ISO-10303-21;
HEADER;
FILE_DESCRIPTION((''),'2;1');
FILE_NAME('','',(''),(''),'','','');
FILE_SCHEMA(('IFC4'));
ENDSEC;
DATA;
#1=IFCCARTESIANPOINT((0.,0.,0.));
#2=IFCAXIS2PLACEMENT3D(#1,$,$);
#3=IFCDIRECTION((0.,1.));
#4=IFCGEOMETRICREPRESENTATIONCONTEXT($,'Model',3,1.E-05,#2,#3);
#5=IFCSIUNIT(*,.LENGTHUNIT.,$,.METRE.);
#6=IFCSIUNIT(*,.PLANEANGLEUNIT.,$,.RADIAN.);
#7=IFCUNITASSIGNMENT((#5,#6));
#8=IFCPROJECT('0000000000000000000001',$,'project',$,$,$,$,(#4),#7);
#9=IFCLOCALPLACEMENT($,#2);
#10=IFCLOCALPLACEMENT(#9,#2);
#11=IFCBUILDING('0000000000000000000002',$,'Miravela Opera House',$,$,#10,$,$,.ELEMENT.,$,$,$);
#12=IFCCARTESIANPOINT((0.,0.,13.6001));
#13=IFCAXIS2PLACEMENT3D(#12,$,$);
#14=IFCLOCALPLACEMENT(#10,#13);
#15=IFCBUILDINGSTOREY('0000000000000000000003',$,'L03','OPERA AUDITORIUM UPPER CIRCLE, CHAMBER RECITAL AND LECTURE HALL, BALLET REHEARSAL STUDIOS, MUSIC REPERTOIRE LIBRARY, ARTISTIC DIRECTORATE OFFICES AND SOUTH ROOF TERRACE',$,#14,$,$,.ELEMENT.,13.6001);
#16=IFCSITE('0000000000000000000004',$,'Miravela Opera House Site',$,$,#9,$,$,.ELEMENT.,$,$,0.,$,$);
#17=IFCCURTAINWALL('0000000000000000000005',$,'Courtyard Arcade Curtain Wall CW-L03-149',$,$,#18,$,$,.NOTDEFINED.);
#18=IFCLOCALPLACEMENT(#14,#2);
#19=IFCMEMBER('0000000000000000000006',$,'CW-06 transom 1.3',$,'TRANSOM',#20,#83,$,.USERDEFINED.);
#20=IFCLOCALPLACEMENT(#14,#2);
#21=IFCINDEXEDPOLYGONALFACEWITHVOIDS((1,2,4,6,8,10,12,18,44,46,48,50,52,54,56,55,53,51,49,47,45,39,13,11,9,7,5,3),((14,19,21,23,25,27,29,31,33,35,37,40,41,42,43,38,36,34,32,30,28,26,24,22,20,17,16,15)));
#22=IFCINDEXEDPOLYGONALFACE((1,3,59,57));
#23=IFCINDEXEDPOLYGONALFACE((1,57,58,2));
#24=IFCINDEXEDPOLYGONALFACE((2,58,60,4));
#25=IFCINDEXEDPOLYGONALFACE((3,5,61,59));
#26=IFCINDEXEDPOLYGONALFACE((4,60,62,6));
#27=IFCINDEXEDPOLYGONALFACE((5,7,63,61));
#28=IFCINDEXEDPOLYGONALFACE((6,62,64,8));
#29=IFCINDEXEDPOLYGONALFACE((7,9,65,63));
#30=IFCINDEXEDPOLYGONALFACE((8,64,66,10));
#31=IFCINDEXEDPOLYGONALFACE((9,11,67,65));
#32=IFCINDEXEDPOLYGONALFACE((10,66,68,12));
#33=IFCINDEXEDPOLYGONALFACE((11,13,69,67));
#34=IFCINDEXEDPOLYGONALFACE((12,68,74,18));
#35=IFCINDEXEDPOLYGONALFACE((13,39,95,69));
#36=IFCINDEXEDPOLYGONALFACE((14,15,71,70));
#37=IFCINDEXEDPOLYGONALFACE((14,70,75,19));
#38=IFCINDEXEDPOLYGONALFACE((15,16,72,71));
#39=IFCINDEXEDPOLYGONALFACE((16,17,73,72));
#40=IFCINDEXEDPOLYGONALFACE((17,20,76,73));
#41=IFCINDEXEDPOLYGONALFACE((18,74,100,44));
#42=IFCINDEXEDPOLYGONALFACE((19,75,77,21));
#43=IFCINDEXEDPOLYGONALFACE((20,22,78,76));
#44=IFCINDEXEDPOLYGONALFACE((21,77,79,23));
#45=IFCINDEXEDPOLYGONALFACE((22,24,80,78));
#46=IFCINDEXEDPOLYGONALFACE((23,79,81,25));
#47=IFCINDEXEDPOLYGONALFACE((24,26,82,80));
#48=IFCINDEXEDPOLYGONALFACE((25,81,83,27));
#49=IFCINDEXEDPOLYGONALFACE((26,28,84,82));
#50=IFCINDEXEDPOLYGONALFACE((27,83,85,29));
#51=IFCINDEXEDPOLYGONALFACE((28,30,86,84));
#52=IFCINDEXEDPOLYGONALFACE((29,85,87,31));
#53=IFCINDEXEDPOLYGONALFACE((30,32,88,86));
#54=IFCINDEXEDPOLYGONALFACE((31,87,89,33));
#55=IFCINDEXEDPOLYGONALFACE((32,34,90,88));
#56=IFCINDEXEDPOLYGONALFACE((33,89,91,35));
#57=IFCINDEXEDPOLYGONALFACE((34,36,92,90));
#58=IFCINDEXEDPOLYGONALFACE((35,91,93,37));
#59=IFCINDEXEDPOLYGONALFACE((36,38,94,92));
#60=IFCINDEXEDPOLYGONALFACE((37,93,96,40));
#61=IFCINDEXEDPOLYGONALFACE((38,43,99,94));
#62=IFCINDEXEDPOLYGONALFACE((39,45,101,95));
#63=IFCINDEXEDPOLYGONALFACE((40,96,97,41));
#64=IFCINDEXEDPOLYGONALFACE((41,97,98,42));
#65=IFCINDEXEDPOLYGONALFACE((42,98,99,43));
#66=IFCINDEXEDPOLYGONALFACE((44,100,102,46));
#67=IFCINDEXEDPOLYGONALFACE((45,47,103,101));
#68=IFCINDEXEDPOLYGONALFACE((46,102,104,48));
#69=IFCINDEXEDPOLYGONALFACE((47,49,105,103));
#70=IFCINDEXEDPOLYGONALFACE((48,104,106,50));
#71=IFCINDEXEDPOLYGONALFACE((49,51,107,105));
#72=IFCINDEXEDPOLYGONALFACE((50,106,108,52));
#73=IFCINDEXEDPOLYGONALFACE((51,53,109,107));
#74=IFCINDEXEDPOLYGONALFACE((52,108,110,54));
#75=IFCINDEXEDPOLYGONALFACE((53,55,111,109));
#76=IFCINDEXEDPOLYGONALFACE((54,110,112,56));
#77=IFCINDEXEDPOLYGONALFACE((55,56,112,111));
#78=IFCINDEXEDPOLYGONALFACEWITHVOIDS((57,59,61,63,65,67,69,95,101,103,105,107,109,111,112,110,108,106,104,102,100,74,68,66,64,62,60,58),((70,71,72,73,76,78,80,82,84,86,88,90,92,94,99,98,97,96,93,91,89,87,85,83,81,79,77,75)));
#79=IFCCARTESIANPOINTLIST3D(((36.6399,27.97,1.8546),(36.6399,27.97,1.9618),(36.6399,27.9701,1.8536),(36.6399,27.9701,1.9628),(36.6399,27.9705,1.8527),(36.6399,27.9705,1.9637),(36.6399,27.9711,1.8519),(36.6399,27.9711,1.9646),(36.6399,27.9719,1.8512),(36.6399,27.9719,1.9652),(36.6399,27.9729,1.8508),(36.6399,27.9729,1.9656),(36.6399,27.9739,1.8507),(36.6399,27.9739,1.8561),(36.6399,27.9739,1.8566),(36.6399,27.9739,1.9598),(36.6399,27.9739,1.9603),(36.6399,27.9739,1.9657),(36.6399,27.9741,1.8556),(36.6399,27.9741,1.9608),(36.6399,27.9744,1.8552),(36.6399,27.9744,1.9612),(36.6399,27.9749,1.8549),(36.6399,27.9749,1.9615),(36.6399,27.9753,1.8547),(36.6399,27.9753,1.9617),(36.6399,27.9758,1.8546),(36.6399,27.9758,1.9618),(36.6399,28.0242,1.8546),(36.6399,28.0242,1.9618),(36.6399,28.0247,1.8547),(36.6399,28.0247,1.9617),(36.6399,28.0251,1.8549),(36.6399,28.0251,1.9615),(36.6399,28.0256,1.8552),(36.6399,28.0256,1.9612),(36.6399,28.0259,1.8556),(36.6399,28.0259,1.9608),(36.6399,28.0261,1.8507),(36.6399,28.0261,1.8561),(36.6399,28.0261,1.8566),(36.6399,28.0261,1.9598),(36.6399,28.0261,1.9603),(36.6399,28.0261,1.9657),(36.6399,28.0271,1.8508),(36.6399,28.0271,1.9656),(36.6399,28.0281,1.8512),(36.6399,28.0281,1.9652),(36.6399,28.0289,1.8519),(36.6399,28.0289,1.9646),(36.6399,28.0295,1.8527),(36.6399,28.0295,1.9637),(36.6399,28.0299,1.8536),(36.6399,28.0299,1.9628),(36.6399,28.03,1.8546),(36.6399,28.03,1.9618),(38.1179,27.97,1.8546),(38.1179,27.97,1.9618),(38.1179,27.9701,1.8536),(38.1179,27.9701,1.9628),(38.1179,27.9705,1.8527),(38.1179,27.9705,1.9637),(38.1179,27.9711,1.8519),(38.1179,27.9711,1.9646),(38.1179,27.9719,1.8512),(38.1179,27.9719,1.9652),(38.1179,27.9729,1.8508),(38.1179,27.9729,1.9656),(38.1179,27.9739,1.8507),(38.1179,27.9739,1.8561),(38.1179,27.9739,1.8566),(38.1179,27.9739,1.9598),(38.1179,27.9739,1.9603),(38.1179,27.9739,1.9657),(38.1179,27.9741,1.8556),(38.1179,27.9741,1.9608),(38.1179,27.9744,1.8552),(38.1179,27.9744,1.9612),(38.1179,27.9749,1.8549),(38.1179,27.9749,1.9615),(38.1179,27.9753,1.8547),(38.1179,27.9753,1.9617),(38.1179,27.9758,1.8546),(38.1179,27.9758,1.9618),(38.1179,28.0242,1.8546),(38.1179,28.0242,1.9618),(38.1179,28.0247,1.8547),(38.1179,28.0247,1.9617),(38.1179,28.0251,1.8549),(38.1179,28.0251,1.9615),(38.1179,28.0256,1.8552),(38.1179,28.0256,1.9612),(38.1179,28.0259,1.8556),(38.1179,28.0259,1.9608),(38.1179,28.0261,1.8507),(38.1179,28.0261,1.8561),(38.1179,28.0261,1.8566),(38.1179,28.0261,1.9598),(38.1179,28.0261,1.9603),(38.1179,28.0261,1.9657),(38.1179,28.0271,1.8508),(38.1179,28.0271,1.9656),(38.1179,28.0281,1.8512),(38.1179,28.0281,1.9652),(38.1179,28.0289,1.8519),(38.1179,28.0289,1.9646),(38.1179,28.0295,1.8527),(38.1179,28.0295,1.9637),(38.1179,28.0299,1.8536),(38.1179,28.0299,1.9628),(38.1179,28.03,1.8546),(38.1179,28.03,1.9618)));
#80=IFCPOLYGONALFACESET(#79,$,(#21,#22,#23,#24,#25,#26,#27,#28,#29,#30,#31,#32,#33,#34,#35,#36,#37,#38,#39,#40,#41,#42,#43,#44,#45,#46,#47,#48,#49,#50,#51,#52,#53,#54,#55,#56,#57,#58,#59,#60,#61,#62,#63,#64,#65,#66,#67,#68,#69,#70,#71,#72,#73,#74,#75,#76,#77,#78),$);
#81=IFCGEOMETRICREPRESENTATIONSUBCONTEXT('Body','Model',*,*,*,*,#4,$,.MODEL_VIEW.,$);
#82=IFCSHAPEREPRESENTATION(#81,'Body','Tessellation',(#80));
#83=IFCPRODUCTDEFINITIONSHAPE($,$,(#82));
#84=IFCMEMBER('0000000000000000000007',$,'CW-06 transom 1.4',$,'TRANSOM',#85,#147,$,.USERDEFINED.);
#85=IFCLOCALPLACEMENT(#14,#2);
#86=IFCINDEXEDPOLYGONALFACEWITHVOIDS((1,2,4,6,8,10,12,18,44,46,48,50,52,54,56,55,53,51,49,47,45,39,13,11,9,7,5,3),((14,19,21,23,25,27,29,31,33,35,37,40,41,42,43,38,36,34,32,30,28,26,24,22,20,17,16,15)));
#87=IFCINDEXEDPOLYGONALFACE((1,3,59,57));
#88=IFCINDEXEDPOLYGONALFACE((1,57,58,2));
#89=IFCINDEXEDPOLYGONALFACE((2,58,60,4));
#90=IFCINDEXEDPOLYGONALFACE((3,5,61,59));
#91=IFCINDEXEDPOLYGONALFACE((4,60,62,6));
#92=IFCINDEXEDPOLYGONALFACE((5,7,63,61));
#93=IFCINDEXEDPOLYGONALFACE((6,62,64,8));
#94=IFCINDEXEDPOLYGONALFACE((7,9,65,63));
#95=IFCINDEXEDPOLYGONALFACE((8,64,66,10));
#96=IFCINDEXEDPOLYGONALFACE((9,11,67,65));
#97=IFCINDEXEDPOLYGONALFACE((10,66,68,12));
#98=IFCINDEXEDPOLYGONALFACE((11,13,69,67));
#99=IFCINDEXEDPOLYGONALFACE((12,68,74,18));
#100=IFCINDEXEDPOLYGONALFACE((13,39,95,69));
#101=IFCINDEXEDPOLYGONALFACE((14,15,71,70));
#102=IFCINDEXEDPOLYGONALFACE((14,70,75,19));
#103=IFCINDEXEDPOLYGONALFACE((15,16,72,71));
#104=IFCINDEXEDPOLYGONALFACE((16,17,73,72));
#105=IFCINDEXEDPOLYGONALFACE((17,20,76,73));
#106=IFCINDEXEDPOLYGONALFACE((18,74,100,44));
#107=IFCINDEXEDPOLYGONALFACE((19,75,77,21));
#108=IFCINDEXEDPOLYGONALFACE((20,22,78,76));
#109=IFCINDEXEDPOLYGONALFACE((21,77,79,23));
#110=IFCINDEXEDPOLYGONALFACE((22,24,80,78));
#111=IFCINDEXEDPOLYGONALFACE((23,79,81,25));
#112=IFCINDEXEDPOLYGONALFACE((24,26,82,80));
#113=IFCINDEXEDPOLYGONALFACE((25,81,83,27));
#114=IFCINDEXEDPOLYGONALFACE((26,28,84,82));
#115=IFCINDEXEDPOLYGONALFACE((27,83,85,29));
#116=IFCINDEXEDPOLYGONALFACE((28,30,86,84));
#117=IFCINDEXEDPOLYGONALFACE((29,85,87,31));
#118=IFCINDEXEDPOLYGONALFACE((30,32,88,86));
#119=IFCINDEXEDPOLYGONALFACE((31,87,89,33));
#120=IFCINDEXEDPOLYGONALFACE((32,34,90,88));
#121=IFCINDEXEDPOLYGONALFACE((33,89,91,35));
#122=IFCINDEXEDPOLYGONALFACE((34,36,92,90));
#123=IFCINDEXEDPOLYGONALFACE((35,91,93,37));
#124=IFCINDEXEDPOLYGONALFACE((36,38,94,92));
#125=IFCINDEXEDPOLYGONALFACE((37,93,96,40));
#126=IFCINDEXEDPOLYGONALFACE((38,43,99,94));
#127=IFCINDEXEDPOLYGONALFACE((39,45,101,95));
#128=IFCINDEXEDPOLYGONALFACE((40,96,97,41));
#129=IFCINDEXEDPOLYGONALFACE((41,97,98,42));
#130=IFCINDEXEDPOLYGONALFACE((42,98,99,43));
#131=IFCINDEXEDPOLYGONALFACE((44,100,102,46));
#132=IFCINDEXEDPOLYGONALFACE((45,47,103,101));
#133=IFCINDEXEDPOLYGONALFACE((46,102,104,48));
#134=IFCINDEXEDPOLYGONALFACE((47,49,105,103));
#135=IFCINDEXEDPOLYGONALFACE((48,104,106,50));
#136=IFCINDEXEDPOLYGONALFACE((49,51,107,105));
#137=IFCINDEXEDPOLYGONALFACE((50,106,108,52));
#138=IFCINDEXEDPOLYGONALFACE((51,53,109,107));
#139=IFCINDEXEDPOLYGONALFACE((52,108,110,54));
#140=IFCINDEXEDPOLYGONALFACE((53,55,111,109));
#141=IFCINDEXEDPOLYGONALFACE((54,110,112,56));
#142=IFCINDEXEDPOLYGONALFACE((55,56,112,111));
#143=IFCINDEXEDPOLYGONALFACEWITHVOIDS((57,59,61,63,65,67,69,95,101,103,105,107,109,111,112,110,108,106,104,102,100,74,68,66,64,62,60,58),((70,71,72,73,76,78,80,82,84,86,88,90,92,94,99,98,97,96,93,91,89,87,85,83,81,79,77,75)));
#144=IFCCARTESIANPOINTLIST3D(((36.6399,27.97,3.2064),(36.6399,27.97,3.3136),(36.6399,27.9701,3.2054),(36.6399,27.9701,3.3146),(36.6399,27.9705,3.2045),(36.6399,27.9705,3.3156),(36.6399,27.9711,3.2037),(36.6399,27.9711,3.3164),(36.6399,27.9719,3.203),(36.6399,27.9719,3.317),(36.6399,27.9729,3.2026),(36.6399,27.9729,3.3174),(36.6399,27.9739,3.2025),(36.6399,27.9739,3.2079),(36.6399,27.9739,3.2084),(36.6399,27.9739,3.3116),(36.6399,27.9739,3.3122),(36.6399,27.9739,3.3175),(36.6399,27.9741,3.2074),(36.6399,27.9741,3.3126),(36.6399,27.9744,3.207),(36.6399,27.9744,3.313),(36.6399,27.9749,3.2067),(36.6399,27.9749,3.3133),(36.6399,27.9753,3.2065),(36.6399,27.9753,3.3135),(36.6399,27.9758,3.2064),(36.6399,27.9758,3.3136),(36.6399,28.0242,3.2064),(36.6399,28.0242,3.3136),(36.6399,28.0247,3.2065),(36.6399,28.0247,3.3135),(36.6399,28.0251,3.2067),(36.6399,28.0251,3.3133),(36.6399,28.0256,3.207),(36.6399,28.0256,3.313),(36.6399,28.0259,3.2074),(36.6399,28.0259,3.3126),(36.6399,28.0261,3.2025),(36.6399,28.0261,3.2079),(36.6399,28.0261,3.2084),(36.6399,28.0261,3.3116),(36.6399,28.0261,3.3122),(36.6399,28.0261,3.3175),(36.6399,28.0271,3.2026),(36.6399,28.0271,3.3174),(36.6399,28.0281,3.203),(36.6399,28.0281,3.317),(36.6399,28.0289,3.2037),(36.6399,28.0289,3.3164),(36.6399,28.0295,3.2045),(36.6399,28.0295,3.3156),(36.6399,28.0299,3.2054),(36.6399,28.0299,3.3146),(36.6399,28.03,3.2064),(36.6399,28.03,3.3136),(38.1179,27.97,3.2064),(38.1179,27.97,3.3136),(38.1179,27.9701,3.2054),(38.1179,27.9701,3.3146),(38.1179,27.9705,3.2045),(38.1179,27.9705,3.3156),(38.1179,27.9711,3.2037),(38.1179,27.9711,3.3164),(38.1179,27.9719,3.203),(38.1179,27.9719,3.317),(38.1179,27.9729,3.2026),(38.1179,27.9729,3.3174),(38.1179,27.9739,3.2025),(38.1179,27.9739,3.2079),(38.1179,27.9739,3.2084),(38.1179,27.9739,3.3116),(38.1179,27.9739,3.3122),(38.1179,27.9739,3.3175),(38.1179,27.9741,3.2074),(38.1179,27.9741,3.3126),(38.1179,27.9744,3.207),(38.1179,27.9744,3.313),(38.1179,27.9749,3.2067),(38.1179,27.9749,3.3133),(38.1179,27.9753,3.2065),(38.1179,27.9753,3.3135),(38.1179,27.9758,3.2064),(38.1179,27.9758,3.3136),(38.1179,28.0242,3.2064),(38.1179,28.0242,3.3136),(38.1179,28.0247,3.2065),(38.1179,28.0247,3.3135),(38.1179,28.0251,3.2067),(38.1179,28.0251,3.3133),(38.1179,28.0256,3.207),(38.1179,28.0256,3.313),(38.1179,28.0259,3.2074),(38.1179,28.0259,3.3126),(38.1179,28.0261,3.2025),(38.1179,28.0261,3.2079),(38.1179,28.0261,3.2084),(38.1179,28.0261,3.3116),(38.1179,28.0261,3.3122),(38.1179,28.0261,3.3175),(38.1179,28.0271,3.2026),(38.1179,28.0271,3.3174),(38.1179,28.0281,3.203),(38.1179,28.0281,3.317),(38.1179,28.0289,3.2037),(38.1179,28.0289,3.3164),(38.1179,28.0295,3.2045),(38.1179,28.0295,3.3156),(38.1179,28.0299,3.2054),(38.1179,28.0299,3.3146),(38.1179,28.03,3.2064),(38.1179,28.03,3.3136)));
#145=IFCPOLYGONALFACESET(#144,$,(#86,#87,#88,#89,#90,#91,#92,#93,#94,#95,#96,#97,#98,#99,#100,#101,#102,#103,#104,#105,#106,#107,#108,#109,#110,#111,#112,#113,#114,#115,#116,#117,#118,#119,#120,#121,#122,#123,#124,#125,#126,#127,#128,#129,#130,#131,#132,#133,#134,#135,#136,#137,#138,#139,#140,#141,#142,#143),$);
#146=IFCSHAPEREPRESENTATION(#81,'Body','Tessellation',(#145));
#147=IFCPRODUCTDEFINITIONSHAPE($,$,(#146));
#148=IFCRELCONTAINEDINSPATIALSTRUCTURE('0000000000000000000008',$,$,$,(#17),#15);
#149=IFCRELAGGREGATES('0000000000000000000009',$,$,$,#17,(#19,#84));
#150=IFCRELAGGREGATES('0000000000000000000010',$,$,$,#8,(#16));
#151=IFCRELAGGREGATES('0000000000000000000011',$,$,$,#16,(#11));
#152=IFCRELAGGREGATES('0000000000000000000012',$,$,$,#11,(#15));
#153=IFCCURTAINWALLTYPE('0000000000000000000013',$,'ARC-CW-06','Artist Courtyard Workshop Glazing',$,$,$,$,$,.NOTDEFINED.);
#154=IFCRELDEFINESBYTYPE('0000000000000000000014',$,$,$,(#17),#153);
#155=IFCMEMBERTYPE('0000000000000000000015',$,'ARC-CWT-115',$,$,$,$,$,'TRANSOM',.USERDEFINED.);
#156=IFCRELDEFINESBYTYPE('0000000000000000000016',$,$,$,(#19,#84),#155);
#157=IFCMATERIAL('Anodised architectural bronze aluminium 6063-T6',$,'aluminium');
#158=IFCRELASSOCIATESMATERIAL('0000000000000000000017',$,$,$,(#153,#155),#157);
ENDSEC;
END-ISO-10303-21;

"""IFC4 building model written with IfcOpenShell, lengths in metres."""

from ifc_helpers import new_model, si_unit, direction, frame, origin, origin_2d, place, context, subcontext, project, spatial, hollow_rectangle, extrude, material, material_profile, profile_set, type_object, element, aggregate, save


model = new_model("IFC4")

# Units and contexts
model_context = context("Model", 3, precision=1e-05, world=origin(), true_north=direction((0.0, 1.0)))
body_context = subcontext(model_context, "Body", "Model", "MODEL_VIEW")
ifc_project = project(units=[si_unit("LENGTHUNIT", "METRE"), si_unit("PLANEANGLEUNIT", "RADIAN")], contexts=[model_context])

# Site, building, storey
site_placement = place(None, origin())
site = spatial("IfcSite", under=ifc_project, at=site_placement, Name="Miravela Opera House Site", CompositionType="ELEMENT", RefElevation=0.0)
building_placement = place(site_placement, origin())
building = spatial("IfcBuilding", under=site, at=building_placement, Name="Miravela Opera House", CompositionType="ELEMENT")
storey_placement = place(building_placement, frame((0.0, 0.0, 13.6001)))
storey = spatial("IfcBuildingStorey", under=building, at=storey_placement, Name="L03", Description="OPERA AUDITORIUM UPPER CIRCLE, CHAMBER RECITAL AND LECTURE HALL, BALLET REHEARSAL STUDIOS, MUSIC REPERTOIRE LIBRARY, ARTISTIC DIRECTORATE OFFICES AND SOUTH ROOF TERRACE", CompositionType="ELEMENT", Elevation=13.6001)

# Curtain wall, members
ifc_material_1 = material(Name="Anodised architectural bronze aluminium 6063-T6", Category="aluminium")
curtain_wall_type = type_object("IfcCurtainWallType", Name="ARC-CW-06", Description="Artist Courtyard Workshop Glazing", PredefinedType="NOTDEFINED", material=ifc_material_1)
curtain_wall_placement = place(storey_placement, origin())
curtain_wall = element("IfcCurtainWall", 1, at=curtain_wall_placement, inside=storey, type_object=curtain_wall_type, Name="Courtyard Arcade Curtain Wall CW-L03-149", PredefinedType="NOTDEFINED")
ifc_material_profile_1 = material_profile(ifc_material_1, hollow_rectangle(XDim=0.0601, YDim=0.115, WallThickness=0.0039, InnerFilletRadius=0.002, OuterFilletRadius=0.0039, at=origin_2d()), Name="CWT-60X115")
ifc_profile_set_1 = profile_set([ifc_material_profile_1])
member_type_1 = type_object("IfcMemberType", Name="ARC-CWT-115", ElementType="TRANSOM", PredefinedType="USERDEFINED", material=ifc_profile_set_1)
member_1_placement = place(storey_placement, frame((36.6399, 28.0, 1.9082), z_axis=(1.0, 0.0, 0.0), x_axis=(0.0, 1.0, 0.0)))
member_1 = element("IfcMember", 2, at=member_1_placement, type_object=member_type_1, Name="CW-06 transom 1.3", ObjectType="TRANSOM", PredefinedType="USERDEFINED", context=body_context, shape_type="SweptSolid", body=[
    extrude(hollow_rectangle(XDim=0.0601, YDim=0.115, WallThickness=0.0039, InnerFilletRadius=0.002, OuterFilletRadius=0.0039, at=origin_2d()), origin(), (0.0, 0.0, 1.0), 1.478),
])
member_2_placement = place(storey_placement, frame((36.6399, 28.0, 3.26), z_axis=(1.0, 0.0, 0.0), x_axis=(0.0, 1.0, 0.0)))
member_2 = element("IfcMember", 3, at=member_2_placement, type_object=member_type_1, Name="CW-06 transom 1.4", ObjectType="TRANSOM", PredefinedType="USERDEFINED", context=body_context, shape_type="SweptSolid", body=[
    extrude(hollow_rectangle(XDim=0.0601, YDim=0.115, WallThickness=0.0039, InnerFilletRadius=0.002, OuterFilletRadius=0.0039, at=origin_2d()), origin(), (0.0, 0.0, 1.0), 1.478),
])

aggregate(curtain_wall, [member_1, member_2])

save(model, "model.ifc")
